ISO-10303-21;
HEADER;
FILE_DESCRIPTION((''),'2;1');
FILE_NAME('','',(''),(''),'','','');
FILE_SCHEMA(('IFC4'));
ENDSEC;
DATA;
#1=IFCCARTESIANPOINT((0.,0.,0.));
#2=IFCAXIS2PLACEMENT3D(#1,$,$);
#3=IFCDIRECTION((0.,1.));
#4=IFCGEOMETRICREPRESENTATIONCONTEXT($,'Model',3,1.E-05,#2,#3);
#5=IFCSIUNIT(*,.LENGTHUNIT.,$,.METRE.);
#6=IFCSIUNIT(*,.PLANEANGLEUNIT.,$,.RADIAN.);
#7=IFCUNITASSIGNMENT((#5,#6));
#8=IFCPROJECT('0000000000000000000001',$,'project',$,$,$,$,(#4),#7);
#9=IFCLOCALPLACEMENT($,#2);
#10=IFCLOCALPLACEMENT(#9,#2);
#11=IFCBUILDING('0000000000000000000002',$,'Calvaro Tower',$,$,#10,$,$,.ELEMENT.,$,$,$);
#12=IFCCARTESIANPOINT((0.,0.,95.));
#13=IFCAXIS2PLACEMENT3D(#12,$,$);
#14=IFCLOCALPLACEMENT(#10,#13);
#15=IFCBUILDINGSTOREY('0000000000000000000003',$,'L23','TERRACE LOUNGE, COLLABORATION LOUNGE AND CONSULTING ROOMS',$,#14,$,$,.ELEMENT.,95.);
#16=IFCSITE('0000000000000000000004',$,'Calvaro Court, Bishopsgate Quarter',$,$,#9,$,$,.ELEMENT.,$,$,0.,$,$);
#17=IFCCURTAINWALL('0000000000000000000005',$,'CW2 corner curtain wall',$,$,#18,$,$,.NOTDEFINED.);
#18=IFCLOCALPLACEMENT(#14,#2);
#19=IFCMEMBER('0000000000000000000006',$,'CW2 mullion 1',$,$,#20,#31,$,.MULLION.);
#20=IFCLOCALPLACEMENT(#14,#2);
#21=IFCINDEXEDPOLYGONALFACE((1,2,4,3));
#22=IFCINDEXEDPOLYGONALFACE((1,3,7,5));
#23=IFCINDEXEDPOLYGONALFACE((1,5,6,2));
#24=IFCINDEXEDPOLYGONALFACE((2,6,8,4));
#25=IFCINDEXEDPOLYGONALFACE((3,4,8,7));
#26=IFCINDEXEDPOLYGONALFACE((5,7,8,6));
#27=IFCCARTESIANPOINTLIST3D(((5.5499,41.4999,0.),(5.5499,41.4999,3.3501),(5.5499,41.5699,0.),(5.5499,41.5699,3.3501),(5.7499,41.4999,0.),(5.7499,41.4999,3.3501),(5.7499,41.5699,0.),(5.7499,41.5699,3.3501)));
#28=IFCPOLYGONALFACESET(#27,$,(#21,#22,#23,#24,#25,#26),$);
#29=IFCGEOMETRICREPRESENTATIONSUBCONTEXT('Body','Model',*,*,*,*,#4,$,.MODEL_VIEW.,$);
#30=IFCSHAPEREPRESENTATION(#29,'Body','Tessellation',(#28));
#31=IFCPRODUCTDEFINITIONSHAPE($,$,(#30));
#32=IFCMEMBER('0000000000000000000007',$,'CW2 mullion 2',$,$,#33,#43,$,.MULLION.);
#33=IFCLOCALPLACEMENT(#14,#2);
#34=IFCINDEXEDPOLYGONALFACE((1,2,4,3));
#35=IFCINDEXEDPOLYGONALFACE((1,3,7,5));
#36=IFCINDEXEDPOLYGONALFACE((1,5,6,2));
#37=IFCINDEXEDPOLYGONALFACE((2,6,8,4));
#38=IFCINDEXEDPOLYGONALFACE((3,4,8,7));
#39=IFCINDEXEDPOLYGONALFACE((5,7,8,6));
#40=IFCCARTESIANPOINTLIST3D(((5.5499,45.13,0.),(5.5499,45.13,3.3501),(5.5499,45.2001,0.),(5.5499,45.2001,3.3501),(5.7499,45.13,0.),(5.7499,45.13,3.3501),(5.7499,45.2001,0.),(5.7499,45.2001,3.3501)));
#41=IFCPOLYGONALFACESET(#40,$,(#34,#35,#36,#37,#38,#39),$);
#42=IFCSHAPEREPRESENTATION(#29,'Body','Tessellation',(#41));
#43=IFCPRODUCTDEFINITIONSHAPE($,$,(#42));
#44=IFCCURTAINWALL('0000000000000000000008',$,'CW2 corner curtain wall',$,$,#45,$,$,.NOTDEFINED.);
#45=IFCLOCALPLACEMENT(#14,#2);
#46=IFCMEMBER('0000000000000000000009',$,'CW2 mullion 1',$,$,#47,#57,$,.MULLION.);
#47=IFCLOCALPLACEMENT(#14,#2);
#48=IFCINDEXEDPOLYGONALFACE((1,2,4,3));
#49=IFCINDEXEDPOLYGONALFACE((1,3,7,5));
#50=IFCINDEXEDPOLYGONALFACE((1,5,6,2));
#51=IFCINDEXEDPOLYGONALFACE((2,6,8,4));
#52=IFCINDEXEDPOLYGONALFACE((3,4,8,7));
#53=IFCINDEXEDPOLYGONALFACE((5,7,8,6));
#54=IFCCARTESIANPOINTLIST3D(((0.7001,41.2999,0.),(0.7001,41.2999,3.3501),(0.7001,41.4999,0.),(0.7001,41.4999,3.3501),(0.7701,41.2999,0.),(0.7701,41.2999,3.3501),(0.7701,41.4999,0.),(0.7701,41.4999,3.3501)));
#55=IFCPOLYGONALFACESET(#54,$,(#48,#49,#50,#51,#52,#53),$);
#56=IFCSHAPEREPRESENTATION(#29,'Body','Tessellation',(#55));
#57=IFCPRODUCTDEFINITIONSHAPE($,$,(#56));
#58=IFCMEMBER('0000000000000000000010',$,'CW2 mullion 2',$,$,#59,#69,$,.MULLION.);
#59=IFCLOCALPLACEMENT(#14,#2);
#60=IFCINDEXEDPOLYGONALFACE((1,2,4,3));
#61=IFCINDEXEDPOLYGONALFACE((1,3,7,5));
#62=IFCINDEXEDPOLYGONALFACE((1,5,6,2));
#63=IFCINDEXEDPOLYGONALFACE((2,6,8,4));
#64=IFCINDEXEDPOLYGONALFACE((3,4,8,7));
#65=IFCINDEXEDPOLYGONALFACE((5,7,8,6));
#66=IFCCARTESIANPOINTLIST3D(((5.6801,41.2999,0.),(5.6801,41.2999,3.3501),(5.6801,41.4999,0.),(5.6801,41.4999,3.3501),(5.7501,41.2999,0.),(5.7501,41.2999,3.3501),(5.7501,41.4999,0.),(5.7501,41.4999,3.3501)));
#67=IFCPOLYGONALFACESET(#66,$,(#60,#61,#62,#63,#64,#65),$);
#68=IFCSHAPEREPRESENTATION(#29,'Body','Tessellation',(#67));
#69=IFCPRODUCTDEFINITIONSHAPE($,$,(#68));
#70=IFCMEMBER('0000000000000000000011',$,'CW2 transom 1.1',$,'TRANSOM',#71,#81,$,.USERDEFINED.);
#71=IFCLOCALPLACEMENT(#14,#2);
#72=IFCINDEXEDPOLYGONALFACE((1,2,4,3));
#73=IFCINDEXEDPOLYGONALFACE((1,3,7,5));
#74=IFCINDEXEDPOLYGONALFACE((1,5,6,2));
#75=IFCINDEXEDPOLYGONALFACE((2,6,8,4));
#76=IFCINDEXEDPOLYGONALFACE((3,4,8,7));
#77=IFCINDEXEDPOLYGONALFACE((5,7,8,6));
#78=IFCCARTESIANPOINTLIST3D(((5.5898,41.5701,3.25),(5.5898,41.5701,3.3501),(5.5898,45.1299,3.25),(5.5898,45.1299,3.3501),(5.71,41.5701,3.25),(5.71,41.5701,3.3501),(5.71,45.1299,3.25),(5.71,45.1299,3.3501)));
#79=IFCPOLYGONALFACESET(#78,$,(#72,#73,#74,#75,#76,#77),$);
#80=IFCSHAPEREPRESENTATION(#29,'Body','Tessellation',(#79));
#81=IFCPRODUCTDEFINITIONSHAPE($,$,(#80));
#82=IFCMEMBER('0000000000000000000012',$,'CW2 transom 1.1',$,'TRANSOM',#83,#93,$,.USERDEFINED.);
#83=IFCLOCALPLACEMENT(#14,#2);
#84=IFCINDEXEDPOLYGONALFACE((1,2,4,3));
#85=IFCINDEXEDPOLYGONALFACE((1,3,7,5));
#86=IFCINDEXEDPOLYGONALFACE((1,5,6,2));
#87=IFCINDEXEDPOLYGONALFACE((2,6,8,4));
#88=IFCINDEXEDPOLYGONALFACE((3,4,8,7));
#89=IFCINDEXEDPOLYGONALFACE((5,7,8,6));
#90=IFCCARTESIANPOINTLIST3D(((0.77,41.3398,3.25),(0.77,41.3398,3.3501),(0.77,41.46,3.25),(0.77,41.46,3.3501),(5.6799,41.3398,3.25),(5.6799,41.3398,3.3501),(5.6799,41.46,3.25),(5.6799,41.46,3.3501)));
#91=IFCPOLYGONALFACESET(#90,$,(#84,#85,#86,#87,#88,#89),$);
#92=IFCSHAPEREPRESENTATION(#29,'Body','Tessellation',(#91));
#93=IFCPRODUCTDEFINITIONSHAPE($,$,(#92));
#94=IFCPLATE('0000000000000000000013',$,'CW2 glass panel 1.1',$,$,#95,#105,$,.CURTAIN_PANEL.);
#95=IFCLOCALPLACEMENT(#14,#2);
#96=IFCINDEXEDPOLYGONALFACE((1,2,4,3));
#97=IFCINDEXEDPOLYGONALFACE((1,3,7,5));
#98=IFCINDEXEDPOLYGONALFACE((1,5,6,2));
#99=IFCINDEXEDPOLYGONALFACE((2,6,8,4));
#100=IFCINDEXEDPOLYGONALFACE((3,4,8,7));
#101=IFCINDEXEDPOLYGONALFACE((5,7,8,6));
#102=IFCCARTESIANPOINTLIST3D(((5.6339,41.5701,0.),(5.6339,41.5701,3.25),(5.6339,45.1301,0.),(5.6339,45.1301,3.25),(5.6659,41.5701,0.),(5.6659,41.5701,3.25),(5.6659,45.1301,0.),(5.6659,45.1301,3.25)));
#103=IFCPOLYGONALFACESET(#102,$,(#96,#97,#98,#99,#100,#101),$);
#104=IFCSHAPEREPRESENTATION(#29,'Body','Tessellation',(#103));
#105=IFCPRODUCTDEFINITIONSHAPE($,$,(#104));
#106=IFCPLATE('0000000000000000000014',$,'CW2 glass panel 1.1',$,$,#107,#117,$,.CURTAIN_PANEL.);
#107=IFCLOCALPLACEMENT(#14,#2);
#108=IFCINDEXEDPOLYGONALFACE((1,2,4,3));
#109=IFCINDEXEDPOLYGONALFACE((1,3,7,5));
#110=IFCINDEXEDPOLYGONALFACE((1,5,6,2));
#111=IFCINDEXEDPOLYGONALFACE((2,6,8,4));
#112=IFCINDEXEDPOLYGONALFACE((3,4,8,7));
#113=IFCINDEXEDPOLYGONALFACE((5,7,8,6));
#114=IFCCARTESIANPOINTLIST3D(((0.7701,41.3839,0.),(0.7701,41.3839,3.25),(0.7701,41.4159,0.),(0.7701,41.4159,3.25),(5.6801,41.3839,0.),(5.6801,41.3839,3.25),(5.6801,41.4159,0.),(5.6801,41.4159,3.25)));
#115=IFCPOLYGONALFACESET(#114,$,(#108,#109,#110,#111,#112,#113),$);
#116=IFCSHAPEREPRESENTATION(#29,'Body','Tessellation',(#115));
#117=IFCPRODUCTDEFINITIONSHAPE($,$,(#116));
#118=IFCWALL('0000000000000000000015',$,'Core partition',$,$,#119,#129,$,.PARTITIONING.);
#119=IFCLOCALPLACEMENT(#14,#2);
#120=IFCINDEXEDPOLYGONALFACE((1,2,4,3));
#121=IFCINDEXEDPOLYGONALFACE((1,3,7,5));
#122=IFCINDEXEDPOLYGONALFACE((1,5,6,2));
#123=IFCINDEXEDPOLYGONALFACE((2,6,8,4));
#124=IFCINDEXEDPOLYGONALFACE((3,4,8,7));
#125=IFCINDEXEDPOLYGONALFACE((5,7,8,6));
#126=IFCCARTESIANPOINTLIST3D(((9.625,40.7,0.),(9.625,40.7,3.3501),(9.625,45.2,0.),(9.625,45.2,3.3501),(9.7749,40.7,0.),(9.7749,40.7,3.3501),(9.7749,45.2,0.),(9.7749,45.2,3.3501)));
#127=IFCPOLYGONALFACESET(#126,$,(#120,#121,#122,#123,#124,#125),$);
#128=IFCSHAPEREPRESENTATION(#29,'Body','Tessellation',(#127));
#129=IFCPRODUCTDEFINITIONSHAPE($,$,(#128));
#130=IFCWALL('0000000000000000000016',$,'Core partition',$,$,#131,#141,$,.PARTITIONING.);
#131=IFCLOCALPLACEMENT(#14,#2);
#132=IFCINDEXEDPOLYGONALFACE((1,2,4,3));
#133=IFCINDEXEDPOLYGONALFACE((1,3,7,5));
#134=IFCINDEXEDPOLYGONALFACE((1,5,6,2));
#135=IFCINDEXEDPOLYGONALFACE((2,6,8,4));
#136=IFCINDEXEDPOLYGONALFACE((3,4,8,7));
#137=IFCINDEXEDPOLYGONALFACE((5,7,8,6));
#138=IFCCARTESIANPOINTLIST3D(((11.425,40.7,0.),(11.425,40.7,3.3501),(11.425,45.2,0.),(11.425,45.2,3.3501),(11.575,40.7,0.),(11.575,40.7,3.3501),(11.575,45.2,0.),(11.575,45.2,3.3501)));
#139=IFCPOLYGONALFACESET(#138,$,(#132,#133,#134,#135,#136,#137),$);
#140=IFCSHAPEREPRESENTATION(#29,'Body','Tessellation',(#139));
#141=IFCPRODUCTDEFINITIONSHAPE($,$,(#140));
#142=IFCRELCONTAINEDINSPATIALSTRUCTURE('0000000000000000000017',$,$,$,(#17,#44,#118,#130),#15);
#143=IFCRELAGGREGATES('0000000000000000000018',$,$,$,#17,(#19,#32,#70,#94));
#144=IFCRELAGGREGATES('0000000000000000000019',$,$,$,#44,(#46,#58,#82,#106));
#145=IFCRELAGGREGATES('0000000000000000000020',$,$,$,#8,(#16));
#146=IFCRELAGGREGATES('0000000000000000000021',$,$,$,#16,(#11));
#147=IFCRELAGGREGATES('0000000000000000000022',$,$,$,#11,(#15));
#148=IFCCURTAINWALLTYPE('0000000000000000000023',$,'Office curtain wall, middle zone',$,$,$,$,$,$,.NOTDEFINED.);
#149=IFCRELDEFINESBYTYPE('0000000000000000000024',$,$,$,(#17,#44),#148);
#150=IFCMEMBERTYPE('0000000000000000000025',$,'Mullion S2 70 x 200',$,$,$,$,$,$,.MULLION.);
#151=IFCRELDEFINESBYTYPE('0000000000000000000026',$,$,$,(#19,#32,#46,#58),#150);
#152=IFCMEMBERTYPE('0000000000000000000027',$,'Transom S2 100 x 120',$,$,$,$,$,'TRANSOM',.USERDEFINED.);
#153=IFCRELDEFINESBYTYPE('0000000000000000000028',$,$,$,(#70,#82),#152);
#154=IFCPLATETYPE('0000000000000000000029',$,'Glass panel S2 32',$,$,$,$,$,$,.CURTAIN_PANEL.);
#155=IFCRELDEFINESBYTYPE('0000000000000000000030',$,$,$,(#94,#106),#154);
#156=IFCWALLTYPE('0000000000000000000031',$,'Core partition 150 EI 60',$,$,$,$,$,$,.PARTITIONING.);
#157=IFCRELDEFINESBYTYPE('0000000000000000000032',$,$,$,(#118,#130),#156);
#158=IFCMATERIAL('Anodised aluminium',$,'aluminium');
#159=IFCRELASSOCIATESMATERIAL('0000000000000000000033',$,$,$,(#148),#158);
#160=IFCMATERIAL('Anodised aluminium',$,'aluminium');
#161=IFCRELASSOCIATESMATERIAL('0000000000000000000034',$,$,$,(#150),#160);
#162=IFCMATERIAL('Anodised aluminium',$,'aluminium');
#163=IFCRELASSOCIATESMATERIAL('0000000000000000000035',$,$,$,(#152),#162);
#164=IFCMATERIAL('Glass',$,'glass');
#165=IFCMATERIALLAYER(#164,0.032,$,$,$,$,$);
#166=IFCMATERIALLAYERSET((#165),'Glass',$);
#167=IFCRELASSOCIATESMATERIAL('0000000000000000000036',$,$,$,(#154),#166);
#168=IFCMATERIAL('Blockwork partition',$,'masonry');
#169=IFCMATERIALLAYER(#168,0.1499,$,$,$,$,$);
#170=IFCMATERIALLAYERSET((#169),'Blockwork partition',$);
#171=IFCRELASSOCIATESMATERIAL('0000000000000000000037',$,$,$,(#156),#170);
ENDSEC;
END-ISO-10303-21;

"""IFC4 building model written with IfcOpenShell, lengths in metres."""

from ifc_helpers import new_model, si_unit, direction, frame, frame_2d, origin, origin_2d, place, context, subcontext, project, spatial, rectangle, extrude, material, layer, layer_set, material_profile, profile_set, type_object, element, aggregate, save


model = new_model("IFC4")

# Units and contexts
model_context = context("Model", 3, precision=1e-05, world=origin(), true_north=direction((0.0, 1.0)))
body_context = subcontext(model_context, "Body", "Model", "MODEL_VIEW")
ifc_project = project(units=[si_unit("LENGTHUNIT", "METRE"), si_unit("PLANEANGLEUNIT", "RADIAN")], contexts=[model_context])

# Site, building, storey
site_placement = place(None, origin())
site = spatial("IfcSite", under=ifc_project, at=site_placement, Name="Calvaro Court, Bishopsgate Quarter", CompositionType="ELEMENT", RefElevation=0.0)
building_placement = place(site_placement, origin())
building = spatial("IfcBuilding", under=site, at=building_placement, Name="Calvaro Tower", CompositionType="ELEMENT")
storey_placement = place(building_placement, frame((0.0, 0.0, 95.0)))
storey = spatial("IfcBuildingStorey", under=building, at=storey_placement, Name="L23", Description="TERRACE LOUNGE, COLLABORATION LOUNGE AND CONSULTING ROOMS", CompositionType="ELEMENT", Elevation=95.0)

# Curtain walls, members
ifc_material_1 = material(Name="Anodised aluminium", Category="aluminium")
curtain_wall_type = type_object("IfcCurtainWallType", Name="Office curtain wall, middle zone", PredefinedType="NOTDEFINED", material=ifc_material_1)
curtain_wall_1_placement = place(storey_placement, origin())
curtain_wall_1 = element("IfcCurtainWall", 1, at=curtain_wall_1_placement, inside=storey, type_object=curtain_wall_type, Name="CW2 corner curtain wall", PredefinedType="NOTDEFINED")
ifc_material_2 = material(Name="Anodised aluminium", Category="aluminium")
ifc_material_profile_1 = material_profile(ifc_material_2, rectangle(XDim=0.2, YDim=0.0701, at=origin_2d()), Name="Mullion S2 70 x 200")
ifc_profile_set_1 = profile_set([ifc_material_profile_1], Name="Anodised aluminium")
member_type_1 = type_object("IfcMemberType", Name="Mullion S2 70 x 200", PredefinedType="MULLION", material=ifc_profile_set_1)
member_1_placement = place(storey_placement, frame((5.6499, 41.5349, 0.0), z_axis=(0.0, 0.0, 1.0), x_axis=(-1.0, 0.0, 0.0)))
member_1 = element("IfcMember", 2, at=member_1_placement, type_object=member_type_1, Name="CW2 mullion 1", PredefinedType="MULLION", context=body_context, shape_type="SweptSolid", body=[
    extrude(rectangle(XDim=0.2, YDim=0.0701, at=origin_2d()), origin(), (0.0, 0.0, 1.0), 3.3501),
])
member_2_placement = place(storey_placement, frame((5.6499, 45.165, 0.0), z_axis=(0.0, 0.0, 1.0), x_axis=(-1.0, 0.0, 0.0)))
member_2 = element("IfcMember", 3, at=member_2_placement, type_object=member_type_1, Name="CW2 mullion 2", PredefinedType="MULLION", context=body_context, shape_type="SweptSolid", body=[
    extrude(rectangle(XDim=0.2, YDim=0.0701, at=origin_2d()), origin(), (0.0, 0.0, 1.0), 3.3501),
])
curtain_wall_2_placement = place(storey_placement, origin())
curtain_wall_2 = element("IfcCurtainWall", 4, at=curtain_wall_2_placement, inside=storey, type_object=curtain_wall_type, Name="CW2 corner curtain wall", PredefinedType="NOTDEFINED")
member_3_placement = place(storey_placement, frame((0.7351, 41.3999, 0.0), z_axis=(0.0, 0.0, 1.0), x_axis=(0.0, 1.0, 0.0)))
member_3 = element("IfcMember", 5, at=member_3_placement, type_object=member_type_1, Name="CW2 mullion 1", PredefinedType="MULLION", context=body_context, shape_type="SweptSolid", body=[
    extrude(rectangle(XDim=0.2, YDim=0.0701, at=origin_2d()), origin(), (0.0, 0.0, 1.0), 3.3501),
])
member_4_placement = place(storey_placement, frame((5.7151, 41.3999, 0.0), z_axis=(0.0, 0.0, 1.0), x_axis=(0.0, 1.0, 0.0)))
member_4 = element("IfcMember", 6, at=member_4_placement, type_object=member_type_1, Name="CW2 mullion 2", PredefinedType="MULLION", context=body_context, shape_type="SweptSolid", body=[
    extrude(rectangle(XDim=0.2, YDim=0.0701, at=origin_2d()), origin(), (0.0, 0.0, 1.0), 3.3501),
])

# Members
ifc_material_3 = material(Name="Anodised aluminium", Category="aluminium")
ifc_material_profile_2 = material_profile(ifc_material_3, rectangle(XDim=0.1201, YDim=0.1001, at=origin_2d()), Name="Transom S2 100 x 120")
ifc_profile_set_2 = profile_set([ifc_material_profile_2], Name="Anodised aluminium")
member_type_2 = type_object("IfcMemberType", Name="Transom S2 100 x 120", ElementType="TRANSOM", PredefinedType="USERDEFINED", material=ifc_profile_set_2)
member_5_placement = place(storey_placement, frame((5.6499, 41.5701, 3.3), z_axis=(0.0, 1.0, 0.0), x_axis=(-1.0, 0.0, 0.0)))
member_5 = element("IfcMember", 7, at=member_5_placement, type_object=member_type_2, Name="CW2 transom 1.1", ObjectType="TRANSOM", PredefinedType="USERDEFINED", context=body_context, shape_type="SweptSolid", body=[
    extrude(rectangle(XDim=0.1201, YDim=0.1001, at=origin_2d()), origin(), (0.0, 0.0, 1.0), 3.5598),
])
member_6_placement = place(storey_placement, frame((0.77, 41.3999, 3.3), z_axis=(1.0, 0.0, 0.0), x_axis=(0.0, 1.0, 0.0)))
member_6 = element("IfcMember", 8, at=member_6_placement, type_object=member_type_2, Name="CW2 transom 1.1", ObjectType="TRANSOM", PredefinedType="USERDEFINED", context=body_context, shape_type="SweptSolid", body=[
    extrude(rectangle(XDim=0.1201, YDim=0.1001, at=origin_2d()), origin(), (0.0, 0.0, 1.0), 4.9099),
])

# Plates
ifc_material_4 = material(Name="Glass", Category="glass")
ifc_layer_1 = layer(ifc_material_4, 0.032)
ifc_layer_set_1 = layer_set([ifc_layer_1], Name="Glass")
plate_type = type_object("IfcPlateType", Name="Glass panel S2 32", PredefinedType="CURTAIN_PANEL", material=ifc_layer_set_1)
plate_1_placement = place(storey_placement, frame((5.6499, 43.3501, 0.0), z_axis=(0.0, 0.0, 1.0), x_axis=(0.0, 1.0, 0.0)))
plate_1 = element("IfcPlate", 9, at=plate_1_placement, type_object=plate_type, Name="CW2 glass panel 1.1", PredefinedType="CURTAIN_PANEL", context=body_context, shape_type="SweptSolid", body=[
    extrude(rectangle(XDim=3.5601, YDim=0.032, at=origin_2d()), origin(), (0.0, 0.0, 1.0), 3.25),
])
aggregate(curtain_wall_1, [member_1, member_2, member_5, plate_1])
plate_2_placement = place(storey_placement, frame((3.2251, 41.3999, 0.0), z_axis=(0.0, 0.0, 1.0), x_axis=(1.0, 0.0, 0.0)))
plate_2 = element("IfcPlate", 10, at=plate_2_placement, type_object=plate_type, Name="CW2 glass panel 1.1", PredefinedType="CURTAIN_PANEL", context=body_context, shape_type="SweptSolid", body=[
    extrude(rectangle(XDim=4.9099, YDim=0.032, at=origin_2d()), origin(), (0.0, 0.0, 1.0), 3.25),
])
aggregate(curtain_wall_2, [member_3, member_4, member_6, plate_2])

# Walls
ifc_material_5 = material(Name="Blockwork partition", Category="masonry")
ifc_layer_2 = layer(ifc_material_5, 0.1499)
ifc_layer_set_2 = layer_set([ifc_layer_2], Name="Blockwork partition")
wall_type_1 = type_object("IfcWallType", Name="Core partition 150 EI 60", PredefinedType="PARTITIONING", material=ifc_layer_set_2)
for number, where, z_axis, x_axis, name in (
    (11, (9.7, 40.7, 0.0), (0.0, 0.0, 1.0), (0.0, 1.0, 0.0), "Core partition"),
    (12, (11.5, 40.7, 0.0), (0.0, 0.0, 1.0), (0.0, 1.0, 0.0), "Core partition"),
):
    element("IfcWall", number, at=place(storey_placement, frame(where, z_axis=z_axis, x_axis=x_axis)), inside=storey, type_object=wall_type_1, Name=name, PredefinedType="PARTITIONING", context=body_context, shape_type="SweptSolid", body=[
        extrude(rectangle(XDim=4.5, YDim=0.1499, at=frame_2d((2.25, 0.0))), origin(), (0.0, 0.0, 1.0), 3.3501),
    ])

save(model, "model.ifc")
